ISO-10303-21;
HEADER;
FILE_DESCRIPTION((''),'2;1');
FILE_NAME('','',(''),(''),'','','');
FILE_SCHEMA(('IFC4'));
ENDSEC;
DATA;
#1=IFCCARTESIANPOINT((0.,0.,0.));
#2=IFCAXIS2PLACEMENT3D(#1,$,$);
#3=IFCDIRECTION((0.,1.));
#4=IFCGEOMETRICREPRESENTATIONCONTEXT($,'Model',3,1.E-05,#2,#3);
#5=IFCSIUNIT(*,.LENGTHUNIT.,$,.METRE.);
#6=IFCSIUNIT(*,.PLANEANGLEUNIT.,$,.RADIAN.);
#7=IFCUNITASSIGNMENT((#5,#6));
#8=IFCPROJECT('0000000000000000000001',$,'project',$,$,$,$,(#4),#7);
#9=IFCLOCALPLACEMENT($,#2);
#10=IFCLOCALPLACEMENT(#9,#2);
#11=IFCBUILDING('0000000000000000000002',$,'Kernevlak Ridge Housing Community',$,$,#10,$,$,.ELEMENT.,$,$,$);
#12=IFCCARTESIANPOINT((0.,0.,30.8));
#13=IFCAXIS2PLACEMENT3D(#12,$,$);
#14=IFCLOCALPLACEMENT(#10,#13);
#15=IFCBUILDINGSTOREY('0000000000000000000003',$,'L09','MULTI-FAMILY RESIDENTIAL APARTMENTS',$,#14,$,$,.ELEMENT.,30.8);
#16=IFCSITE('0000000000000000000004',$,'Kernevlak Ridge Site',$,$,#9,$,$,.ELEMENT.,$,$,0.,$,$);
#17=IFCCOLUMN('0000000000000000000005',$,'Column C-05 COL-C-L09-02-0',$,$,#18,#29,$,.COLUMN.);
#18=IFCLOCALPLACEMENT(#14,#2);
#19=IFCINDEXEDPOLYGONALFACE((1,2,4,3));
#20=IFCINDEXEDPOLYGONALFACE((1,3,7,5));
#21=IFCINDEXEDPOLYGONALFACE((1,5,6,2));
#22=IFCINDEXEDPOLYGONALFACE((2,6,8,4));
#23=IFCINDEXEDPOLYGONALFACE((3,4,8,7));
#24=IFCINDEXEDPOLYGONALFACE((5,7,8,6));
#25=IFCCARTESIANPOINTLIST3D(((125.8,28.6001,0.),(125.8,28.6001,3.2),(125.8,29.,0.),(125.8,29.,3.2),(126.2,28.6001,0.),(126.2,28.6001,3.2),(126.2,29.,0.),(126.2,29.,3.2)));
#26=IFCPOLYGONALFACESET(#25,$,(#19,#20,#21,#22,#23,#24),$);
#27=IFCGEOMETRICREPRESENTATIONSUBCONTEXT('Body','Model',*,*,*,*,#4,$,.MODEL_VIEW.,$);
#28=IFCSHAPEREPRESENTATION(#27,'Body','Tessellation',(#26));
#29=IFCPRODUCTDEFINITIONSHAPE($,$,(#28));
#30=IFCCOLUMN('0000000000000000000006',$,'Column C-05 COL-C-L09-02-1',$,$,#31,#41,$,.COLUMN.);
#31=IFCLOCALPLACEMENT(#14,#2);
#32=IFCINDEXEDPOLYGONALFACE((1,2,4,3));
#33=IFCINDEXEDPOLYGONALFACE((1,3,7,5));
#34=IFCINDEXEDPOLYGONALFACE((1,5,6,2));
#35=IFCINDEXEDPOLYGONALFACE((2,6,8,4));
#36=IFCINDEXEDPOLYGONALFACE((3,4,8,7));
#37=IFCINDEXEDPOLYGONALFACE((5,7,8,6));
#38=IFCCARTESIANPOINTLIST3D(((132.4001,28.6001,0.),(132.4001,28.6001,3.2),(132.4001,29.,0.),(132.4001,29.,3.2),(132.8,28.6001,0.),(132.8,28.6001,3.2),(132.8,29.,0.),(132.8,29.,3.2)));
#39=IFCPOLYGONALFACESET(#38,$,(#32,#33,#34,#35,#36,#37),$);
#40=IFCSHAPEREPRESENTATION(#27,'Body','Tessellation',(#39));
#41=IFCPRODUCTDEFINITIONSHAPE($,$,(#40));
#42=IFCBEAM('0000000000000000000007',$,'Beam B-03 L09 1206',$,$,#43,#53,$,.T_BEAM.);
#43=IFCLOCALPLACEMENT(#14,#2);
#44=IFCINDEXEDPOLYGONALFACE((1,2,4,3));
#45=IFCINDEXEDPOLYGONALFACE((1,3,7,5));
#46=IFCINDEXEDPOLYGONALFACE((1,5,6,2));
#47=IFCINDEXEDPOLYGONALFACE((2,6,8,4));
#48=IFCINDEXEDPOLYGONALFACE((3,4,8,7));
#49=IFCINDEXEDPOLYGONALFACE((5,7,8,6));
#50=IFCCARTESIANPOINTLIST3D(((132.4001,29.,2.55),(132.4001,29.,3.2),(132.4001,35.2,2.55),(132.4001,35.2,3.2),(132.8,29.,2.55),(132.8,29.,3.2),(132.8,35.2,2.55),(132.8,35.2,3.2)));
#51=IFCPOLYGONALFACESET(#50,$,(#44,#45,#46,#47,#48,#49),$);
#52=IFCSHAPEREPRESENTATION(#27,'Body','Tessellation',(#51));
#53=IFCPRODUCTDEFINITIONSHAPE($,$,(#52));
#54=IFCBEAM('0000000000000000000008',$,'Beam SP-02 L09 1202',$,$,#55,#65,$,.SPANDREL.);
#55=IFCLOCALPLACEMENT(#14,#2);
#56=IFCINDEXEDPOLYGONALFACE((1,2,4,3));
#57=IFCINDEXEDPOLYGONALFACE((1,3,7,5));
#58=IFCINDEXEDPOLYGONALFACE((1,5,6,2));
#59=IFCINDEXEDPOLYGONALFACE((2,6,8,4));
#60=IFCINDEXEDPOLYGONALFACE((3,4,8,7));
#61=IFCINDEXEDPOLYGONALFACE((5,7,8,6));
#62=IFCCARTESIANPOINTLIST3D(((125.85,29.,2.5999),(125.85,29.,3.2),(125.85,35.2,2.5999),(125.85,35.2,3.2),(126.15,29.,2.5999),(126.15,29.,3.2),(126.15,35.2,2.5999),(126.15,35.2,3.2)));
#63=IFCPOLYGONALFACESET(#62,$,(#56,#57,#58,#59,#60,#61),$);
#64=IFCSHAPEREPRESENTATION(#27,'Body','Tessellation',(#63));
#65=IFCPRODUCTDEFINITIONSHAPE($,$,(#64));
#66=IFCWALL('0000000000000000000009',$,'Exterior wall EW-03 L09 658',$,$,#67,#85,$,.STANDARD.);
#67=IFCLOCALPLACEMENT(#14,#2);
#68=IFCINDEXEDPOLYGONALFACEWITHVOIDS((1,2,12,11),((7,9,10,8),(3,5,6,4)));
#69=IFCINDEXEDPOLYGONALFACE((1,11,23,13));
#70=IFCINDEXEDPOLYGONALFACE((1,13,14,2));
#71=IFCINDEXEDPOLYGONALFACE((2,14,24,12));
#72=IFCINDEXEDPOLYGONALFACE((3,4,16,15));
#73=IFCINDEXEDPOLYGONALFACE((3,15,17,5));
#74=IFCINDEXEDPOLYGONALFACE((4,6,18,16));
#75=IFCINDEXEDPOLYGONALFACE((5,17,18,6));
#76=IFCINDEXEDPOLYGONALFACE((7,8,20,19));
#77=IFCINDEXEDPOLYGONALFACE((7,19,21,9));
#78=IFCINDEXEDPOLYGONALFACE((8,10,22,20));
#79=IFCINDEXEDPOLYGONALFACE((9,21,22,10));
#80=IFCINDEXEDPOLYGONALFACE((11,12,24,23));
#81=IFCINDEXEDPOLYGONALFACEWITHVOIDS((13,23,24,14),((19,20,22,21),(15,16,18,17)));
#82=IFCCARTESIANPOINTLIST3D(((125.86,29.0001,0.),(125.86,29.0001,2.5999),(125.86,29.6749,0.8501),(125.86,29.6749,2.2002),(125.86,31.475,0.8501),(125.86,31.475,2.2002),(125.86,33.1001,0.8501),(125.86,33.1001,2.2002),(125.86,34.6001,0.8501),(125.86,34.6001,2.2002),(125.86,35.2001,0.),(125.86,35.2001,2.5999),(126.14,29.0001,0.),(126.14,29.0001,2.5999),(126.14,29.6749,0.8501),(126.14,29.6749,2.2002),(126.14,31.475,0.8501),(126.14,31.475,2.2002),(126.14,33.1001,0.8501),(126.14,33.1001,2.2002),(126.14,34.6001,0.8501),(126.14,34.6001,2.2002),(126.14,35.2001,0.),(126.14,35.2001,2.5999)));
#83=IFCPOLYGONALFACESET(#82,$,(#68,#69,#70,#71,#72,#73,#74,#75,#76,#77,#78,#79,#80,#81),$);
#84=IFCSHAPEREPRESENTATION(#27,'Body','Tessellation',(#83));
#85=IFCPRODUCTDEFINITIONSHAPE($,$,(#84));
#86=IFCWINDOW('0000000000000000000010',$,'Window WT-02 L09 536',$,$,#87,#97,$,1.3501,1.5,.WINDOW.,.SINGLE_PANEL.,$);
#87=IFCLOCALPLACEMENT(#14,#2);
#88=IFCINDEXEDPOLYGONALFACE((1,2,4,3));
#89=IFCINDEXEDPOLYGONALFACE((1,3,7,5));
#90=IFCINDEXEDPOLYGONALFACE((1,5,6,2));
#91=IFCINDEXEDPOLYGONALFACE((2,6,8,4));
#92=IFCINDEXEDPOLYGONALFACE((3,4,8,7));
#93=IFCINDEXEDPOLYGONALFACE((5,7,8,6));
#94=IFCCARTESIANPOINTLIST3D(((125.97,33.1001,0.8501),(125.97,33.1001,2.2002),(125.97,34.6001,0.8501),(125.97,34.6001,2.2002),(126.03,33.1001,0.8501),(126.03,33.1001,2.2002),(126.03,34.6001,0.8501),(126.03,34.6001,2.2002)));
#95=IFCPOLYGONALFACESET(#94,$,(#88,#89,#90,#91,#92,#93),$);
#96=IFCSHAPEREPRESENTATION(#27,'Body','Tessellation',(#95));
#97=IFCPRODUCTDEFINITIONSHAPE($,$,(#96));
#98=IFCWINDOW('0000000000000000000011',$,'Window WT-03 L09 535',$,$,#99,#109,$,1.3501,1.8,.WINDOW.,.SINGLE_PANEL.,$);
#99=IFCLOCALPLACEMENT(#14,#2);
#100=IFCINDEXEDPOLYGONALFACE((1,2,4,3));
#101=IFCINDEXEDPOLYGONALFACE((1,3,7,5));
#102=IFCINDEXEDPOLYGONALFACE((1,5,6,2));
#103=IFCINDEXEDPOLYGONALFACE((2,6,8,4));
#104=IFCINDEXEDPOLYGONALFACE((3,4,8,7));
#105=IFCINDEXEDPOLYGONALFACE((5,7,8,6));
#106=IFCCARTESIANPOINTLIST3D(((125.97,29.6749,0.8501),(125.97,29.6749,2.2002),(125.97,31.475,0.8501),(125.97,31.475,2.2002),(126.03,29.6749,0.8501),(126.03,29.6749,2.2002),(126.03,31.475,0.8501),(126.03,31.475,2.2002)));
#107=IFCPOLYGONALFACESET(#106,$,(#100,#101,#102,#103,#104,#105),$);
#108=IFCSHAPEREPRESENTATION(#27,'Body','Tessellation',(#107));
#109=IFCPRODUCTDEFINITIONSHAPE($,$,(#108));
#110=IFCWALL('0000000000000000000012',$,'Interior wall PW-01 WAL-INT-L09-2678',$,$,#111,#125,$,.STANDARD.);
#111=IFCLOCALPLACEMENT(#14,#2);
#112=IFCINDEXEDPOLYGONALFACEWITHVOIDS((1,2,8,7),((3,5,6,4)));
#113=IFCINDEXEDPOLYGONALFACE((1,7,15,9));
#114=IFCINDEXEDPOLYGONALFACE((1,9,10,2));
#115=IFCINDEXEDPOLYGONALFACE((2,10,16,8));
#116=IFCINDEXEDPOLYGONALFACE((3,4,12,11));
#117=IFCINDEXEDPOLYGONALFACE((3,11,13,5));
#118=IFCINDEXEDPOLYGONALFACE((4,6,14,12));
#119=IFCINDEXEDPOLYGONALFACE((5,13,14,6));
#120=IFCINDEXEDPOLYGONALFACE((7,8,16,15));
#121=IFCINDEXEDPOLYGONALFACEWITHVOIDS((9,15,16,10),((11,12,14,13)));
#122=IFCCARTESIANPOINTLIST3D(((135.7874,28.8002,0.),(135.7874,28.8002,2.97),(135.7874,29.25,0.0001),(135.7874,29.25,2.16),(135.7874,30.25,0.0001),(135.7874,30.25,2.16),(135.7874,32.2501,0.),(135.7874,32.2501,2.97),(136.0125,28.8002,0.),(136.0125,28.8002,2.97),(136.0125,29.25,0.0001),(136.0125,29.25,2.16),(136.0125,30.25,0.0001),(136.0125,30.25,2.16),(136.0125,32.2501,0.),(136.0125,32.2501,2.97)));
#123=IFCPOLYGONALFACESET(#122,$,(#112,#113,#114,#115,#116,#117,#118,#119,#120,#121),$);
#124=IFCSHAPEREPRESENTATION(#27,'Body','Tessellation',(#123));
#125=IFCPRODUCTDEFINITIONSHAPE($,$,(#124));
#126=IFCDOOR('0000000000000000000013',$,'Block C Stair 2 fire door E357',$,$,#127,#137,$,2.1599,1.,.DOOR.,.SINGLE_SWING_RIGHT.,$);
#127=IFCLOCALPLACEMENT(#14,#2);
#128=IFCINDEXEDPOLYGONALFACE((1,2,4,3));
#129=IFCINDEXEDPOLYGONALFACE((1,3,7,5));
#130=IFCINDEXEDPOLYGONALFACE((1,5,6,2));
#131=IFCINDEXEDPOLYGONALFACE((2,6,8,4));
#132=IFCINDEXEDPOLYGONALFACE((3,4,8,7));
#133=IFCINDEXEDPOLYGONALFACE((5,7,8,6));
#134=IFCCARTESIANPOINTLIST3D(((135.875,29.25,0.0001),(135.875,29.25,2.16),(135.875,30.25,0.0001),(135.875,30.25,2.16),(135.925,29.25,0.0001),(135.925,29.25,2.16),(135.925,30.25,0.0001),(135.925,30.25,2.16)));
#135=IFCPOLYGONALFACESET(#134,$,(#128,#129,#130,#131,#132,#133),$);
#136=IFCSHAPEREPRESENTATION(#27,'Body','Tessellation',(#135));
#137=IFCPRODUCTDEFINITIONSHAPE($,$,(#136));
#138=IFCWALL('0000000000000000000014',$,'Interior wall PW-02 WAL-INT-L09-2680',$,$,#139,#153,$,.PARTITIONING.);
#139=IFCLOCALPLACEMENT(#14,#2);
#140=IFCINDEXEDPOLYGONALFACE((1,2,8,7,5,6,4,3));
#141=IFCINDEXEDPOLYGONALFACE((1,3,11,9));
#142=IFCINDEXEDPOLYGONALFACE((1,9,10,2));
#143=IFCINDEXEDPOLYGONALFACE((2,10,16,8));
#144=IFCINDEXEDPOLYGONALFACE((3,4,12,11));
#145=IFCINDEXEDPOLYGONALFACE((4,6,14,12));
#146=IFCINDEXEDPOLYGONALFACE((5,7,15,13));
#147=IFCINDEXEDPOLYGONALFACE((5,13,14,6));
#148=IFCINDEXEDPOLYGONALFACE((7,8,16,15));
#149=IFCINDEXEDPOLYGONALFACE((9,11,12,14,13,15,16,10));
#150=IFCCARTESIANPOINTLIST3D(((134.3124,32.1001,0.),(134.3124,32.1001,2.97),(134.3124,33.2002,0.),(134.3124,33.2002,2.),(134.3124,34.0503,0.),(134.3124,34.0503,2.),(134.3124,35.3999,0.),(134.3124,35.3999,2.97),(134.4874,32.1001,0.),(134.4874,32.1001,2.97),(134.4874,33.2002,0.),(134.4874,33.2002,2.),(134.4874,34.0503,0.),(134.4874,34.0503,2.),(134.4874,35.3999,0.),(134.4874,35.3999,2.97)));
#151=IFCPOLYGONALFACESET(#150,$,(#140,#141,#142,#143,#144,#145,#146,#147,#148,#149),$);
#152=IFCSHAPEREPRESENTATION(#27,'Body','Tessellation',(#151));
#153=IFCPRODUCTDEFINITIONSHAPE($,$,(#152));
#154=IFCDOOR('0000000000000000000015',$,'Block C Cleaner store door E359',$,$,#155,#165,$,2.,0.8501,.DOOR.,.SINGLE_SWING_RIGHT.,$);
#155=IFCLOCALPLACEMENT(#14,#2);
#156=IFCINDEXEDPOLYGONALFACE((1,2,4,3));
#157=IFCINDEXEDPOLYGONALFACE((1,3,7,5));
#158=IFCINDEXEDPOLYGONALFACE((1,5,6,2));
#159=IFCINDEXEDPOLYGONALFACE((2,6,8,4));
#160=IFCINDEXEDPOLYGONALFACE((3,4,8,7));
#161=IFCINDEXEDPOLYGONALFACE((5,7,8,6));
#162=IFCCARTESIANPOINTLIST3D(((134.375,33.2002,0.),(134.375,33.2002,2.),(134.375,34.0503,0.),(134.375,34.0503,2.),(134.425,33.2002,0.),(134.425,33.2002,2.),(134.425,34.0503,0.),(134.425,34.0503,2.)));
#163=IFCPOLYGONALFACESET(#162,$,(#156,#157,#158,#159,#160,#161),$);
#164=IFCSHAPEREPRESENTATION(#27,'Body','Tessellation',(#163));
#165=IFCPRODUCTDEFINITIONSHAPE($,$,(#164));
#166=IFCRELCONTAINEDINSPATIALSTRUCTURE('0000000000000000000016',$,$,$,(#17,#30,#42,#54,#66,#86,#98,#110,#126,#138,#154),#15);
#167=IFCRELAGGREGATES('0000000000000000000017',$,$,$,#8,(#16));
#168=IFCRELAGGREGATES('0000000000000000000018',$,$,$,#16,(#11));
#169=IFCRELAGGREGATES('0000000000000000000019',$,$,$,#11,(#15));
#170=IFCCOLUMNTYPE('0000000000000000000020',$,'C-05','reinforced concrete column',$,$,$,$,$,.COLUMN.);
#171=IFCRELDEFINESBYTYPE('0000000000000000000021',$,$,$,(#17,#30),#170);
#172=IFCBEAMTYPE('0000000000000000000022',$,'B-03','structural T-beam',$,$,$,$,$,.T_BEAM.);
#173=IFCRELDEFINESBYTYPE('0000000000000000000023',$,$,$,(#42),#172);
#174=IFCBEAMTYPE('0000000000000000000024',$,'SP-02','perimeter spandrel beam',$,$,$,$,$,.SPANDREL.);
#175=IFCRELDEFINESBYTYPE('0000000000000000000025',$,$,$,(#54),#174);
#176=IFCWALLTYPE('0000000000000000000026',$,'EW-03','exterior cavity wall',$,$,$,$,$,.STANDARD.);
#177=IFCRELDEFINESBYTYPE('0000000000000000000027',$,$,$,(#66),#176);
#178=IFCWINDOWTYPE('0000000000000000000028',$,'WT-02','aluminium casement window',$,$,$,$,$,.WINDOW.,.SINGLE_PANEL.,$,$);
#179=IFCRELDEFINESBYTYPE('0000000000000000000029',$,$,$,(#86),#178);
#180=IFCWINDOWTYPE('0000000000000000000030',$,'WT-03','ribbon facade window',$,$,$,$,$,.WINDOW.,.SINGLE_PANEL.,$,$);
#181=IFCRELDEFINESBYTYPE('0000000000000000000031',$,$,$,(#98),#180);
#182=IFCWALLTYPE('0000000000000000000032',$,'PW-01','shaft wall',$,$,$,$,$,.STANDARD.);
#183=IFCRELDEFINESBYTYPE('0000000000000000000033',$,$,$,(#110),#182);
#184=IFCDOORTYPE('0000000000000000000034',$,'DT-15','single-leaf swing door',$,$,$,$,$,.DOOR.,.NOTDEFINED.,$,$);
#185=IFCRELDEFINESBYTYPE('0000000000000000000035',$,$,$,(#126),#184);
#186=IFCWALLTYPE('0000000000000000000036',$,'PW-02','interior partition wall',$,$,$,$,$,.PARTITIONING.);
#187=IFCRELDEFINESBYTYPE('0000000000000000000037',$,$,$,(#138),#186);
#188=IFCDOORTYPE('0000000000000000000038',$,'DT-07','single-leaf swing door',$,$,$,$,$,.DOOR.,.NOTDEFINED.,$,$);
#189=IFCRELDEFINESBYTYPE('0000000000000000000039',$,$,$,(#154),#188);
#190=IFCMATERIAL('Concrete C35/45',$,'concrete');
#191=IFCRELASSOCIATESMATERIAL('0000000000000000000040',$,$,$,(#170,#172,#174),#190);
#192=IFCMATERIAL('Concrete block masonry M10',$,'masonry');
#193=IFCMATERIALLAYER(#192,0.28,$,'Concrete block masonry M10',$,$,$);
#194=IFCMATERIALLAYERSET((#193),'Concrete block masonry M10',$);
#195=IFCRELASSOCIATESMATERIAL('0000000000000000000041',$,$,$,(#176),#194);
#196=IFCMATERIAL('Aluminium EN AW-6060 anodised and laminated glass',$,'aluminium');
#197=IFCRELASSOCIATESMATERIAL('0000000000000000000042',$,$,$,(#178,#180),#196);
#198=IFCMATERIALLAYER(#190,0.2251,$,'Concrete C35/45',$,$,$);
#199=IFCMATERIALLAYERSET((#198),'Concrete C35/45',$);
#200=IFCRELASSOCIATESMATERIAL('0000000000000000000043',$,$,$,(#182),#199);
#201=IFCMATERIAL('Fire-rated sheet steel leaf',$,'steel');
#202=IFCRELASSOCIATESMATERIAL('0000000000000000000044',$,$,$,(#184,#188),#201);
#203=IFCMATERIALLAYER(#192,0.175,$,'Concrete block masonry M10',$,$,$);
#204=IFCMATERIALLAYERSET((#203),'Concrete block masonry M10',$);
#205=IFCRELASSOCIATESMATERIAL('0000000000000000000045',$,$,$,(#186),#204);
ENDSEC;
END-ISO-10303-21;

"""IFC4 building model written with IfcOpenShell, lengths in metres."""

from ifc_helpers import new_model, si_unit, direction, frame, frame_2d, origin, origin_2d, place, context, subcontext, project, spatial, rectangle, extrude, material, layer, layer_set, material_profile, profile_set, type_object, element, fill, save


model = new_model("IFC4")

# Units and contexts
model_context = context("Model", 3, precision=1e-05, world=origin(), true_north=direction((0.0, 1.0)))
body_context = subcontext(model_context, "Body", "Model", "MODEL_VIEW")
ifc_project = project(units=[si_unit("LENGTHUNIT", "METRE"), si_unit("PLANEANGLEUNIT", "RADIAN")], contexts=[model_context])

# Site, building, storey
site_placement = place(None, origin())
site = spatial("IfcSite", under=ifc_project, at=site_placement, Name="Kernevlak Ridge Site", CompositionType="ELEMENT", RefElevation=0.0)
building_placement = place(site_placement, origin())
building = spatial("IfcBuilding", under=site, at=building_placement, Name="Kernevlak Ridge Housing Community", CompositionType="ELEMENT")
storey_placement = place(building_placement, frame((0.0, 0.0, 30.8)))
storey = spatial("IfcBuildingStorey", under=building, at=storey_placement, Name="L09", Description="MULTI-FAMILY RESIDENTIAL APARTMENTS", CompositionType="ELEMENT", Elevation=30.8)

# Columns
ifc_material_1 = material(Name="Concrete C35/45", Category="concrete")
ifc_material_profile_1 = material_profile(ifc_material_1, rectangle(XDim=0.3999, YDim=0.3999, at=origin_2d()), Name="RC 400x400")
ifc_profile_set_1 = profile_set([ifc_material_profile_1], Name="Concrete C35/45")
column_type = type_object("IfcColumnType", Name="C-05", Description="reinforced concrete column", PredefinedType="COLUMN", material=ifc_profile_set_1)
for number, where, z_axis, x_axis, name in (
    (1, (126.0, 28.8, 0.0), (0.0, 0.0, 1.0), (1.0, 0.0, 0.0), "Column C-05 COL-C-L09-02-0"),
    (2, (132.6001, 28.8, 0.0), (0.0, 0.0, 1.0), (1.0, 0.0, 0.0), "Column C-05 COL-C-L09-02-1"),
):
    element("IfcColumn", number, at=place(storey_placement, frame(where, z_axis=z_axis, x_axis=x_axis)), inside=storey, type_object=column_type, Name=name, PredefinedType="COLUMN", context=body_context, shape_type="SweptSolid", body=[
        extrude(rectangle(XDim=0.3999, YDim=0.3999, at=origin_2d()), origin(), (0.0, 0.0, 1.0), 3.2),
    ])

# Beams
ifc_material_profile_2 = material_profile(ifc_material_1, rectangle(XDim=0.3999, YDim=0.6499, at=origin_2d()), Name="RC 400x650")
ifc_profile_set_2 = profile_set([ifc_material_profile_2], Name="Concrete C35/45")
beam_type_1 = type_object("IfcBeamType", Name="B-03", Description="structural T-beam", PredefinedType="T_BEAM", material=ifc_profile_set_2)
beam_1_placement = place(storey_placement, frame((132.6001, 29.0, 2.875), z_axis=(0.0, 1.0, 0.0), x_axis=(-1.0, 0.0, 0.0)))
element("IfcBeam", 3, at=beam_1_placement, inside=storey, type_object=beam_type_1, Name="Beam B-03 L09 1206", PredefinedType="T_BEAM", context=body_context, shape_type="SweptSolid", body=[
    extrude(rectangle(XDim=0.3999, YDim=0.6499, at=origin_2d()), origin(), (0.0, 0.0, 1.0), 6.2),
])
ifc_material_profile_3 = material_profile(ifc_material_1, rectangle(XDim=0.3, YDim=0.6001, at=origin_2d()), Name="RC 300x600")
ifc_profile_set_3 = profile_set([ifc_material_profile_3], Name="Concrete C35/45")
beam_type_2 = type_object("IfcBeamType", Name="SP-02", Description="perimeter spandrel beam", PredefinedType="SPANDREL", material=ifc_profile_set_3)
beam_2_placement = place(storey_placement, frame((126.0, 29.0, 2.8999), z_axis=(0.0, 1.0, 0.0), x_axis=(-1.0, 0.0, 0.0)))
element("IfcBeam", 4, at=beam_2_placement, inside=storey, type_object=beam_type_2, Name="Beam SP-02 L09 1202", PredefinedType="SPANDREL", context=body_context, shape_type="SweptSolid", body=[
    extrude(rectangle(XDim=0.3, YDim=0.6001, at=origin_2d()), origin(), (0.0, 0.0, 1.0), 6.2),
])

# Wall, openings, windows
ifc_material_2 = material(Name="Concrete block masonry M10", Category="masonry")
ifc_layer_1 = layer(ifc_material_2, 0.28, Name="Concrete block masonry M10")
ifc_layer_set_1 = layer_set([ifc_layer_1], Name="Concrete block masonry M10")
wall_type_1 = type_object("IfcWallType", Name="EW-03", Description="exterior cavity wall", PredefinedType="STANDARD", material=ifc_layer_set_1)
wall_1_placement = place(storey_placement, frame((126.0, 29.0, 0.0), z_axis=(0.0, 0.0, 1.0), x_axis=(0.0, 1.0, 0.0)))
wall_1 = element("IfcWall", 5, at=wall_1_placement, inside=storey, type_object=wall_type_1, Name="Exterior wall EW-03 L09 658", PredefinedType="STANDARD", context=body_context, shape_type="SweptSolid", body=[
    extrude(rectangle(XDim=6.2, YDim=0.28, at=frame_2d((3.1001, 0.0))), origin(), (0.0, 0.0, 1.0), 2.5999),
])
opening_1_placement = place(wall_1_placement, frame((0.675, 0.0, 0.8501)))
opening_1 = element("IfcOpeningElement", 6, at=opening_1_placement, cuts=wall_1, PredefinedType="OPENING", context=body_context, shape_type="SweptSolid", body=[
    extrude(rectangle(XDim=1.8, YDim=1.3501, at=frame_2d((0.8999, 0.675))), frame((0.0, 0.1499, 0.0), z_axis=(0.0, -1.0, 0.0), x_axis=(1.0, 0.0, 0.0)), (0.0, 0.0, 1.0), 0.3),
])
opening_2_placement = place(wall_1_placement, frame((4.1001, 0.0, 0.8501)))
opening_2 = element("IfcOpeningElement", 7, at=opening_2_placement, cuts=wall_1, PredefinedType="OPENING", context=body_context, shape_type="SweptSolid", body=[
    extrude(rectangle(XDim=1.5, YDim=1.3501, at=frame_2d((0.75, 0.675))), frame((0.0, 0.1499, 0.0), z_axis=(0.0, -1.0, 0.0), x_axis=(1.0, 0.0, 0.0)), (0.0, 0.0, 1.0), 0.3),
])
ifc_material_3 = material(Name="Aluminium EN AW-6060 anodised and laminated glass", Category="aluminium")
window_type_1 = type_object("IfcWindowType", Name="WT-02", Description="aluminium casement window", PartitioningType="SINGLE_PANEL", PredefinedType="WINDOW", material=ifc_material_3)
window_1_placement = place(opening_2_placement, origin())
window_1 = element("IfcWindow", 8, at=window_1_placement, inside=storey, type_object=window_type_1, Name="Window WT-02 L09 536", OverallHeight=1.3501, OverallWidth=1.5, PartitioningType="SINGLE_PANEL", PredefinedType="WINDOW", context=body_context, shape_type="SweptSolid", body=[
    extrude(rectangle(XDim=1.5, YDim=1.3501, at=frame_2d((0.75, 0.675))), frame((0.0, 0.03, 0.0), z_axis=(0.0, -1.0, 0.0), x_axis=(1.0, 0.0, 0.0)), (0.0, 0.0, 1.0), 0.0601),
])
fill(opening_2, window_1)
window_type_2 = type_object("IfcWindowType", Name="WT-03", Description="ribbon facade window", PartitioningType="SINGLE_PANEL", PredefinedType="WINDOW", material=ifc_material_3)
window_2_placement = place(opening_1_placement, origin())
window_2 = element("IfcWindow", 9, at=window_2_placement, inside=storey, type_object=window_type_2, Name="Window WT-03 L09 535", OverallHeight=1.3501, OverallWidth=1.8, PartitioningType="SINGLE_PANEL", PredefinedType="WINDOW", context=body_context, shape_type="SweptSolid", body=[
    extrude(rectangle(XDim=1.8, YDim=1.3501, at=frame_2d((0.8999, 0.675))), frame((0.0, 0.03, 0.0), z_axis=(0.0, -1.0, 0.0), x_axis=(1.0, 0.0, 0.0)), (0.0, 0.0, 1.0), 0.0601),
])
fill(opening_1, window_2)

# Walls, openings, doors
ifc_layer_2 = layer(ifc_material_1, 0.2251, Name="Concrete C35/45")
ifc_layer_set_2 = layer_set([ifc_layer_2], Name="Concrete C35/45")
wall_type_2 = type_object("IfcWallType", Name="PW-01", Description="shaft wall", PredefinedType="STANDARD", material=ifc_layer_set_2)
wall_2_placement = place(storey_placement, frame((135.8999, 28.8, 0.0), z_axis=(0.0, 0.0, 1.0), x_axis=(0.0, 1.0, 0.0)))
wall_2 = element("IfcWall", 10, at=wall_2_placement, inside=storey, type_object=wall_type_2, Name="Interior wall PW-01 WAL-INT-L09-2678", PredefinedType="STANDARD", context=body_context, shape_type="SweptSolid", body=[
    extrude(rectangle(XDim=3.45, YDim=0.2251, at=frame_2d((1.7251, 0.0))), origin(), (0.0, 0.0, 1.0), 2.97),
])
opening_3_placement = place(wall_2_placement, frame((0.45, 0.0, 0.0)))
opening_3 = element("IfcOpeningElement", 11, at=opening_3_placement, cuts=wall_2, PredefinedType="OPENING", context=body_context, shape_type="SweptSolid", body=[
    extrude(rectangle(XDim=1.0, YDim=2.1599, at=frame_2d((0.5, 1.0801))), frame((0.0, 0.1226, 0.0), z_axis=(0.0, -1.0, 0.0), x_axis=(1.0, 0.0, 0.0)), (0.0, 0.0, 1.0), 0.2451),
])
ifc_material_4 = material(Name="Fire-rated sheet steel leaf", Category="steel")
door_type_1 = type_object("IfcDoorType", Name="DT-15", Description="single-leaf swing door", OperationType="NOTDEFINED", PredefinedType="DOOR", material=ifc_material_4)
door_1_placement = place(opening_3_placement, origin())
door_1 = element("IfcDoor", 12, at=door_1_placement, inside=storey, type_object=door_type_1, Name="Block C Stair 2 fire door E357", OperationType="SINGLE_SWING_RIGHT", OverallHeight=2.1599, OverallWidth=1.0, PredefinedType="DOOR", context=body_context, shape_type="SweptSolid", body=[
    extrude(rectangle(XDim=1.0, YDim=2.1599, at=frame_2d((0.5, 1.0801))), frame((0.0, 0.0249, 0.0), z_axis=(0.0, -1.0, 0.0), x_axis=(1.0, 0.0, 0.0)), (0.0, 0.0, 1.0), 0.05),
])
fill(opening_3, door_1)
ifc_layer_3 = layer(ifc_material_2, 0.175, Name="Concrete block masonry M10")
ifc_layer_set_3 = layer_set([ifc_layer_3], Name="Concrete block masonry M10")
wall_type_3 = type_object("IfcWallType", Name="PW-02", Description="interior partition wall", PredefinedType="PARTITIONING", material=ifc_layer_set_3)
wall_3_placement = place(storey_placement, frame((134.3999, 32.1001, 0.0), z_axis=(0.0, 0.0, 1.0), x_axis=(0.0, 1.0, 0.0)))
wall_3 = element("IfcWall", 13, at=wall_3_placement, inside=storey, type_object=wall_type_3, Name="Interior wall PW-02 WAL-INT-L09-2680", PredefinedType="PARTITIONING", context=body_context, shape_type="SweptSolid", body=[
    extrude(rectangle(XDim=3.2998, YDim=0.175, at=frame_2d((1.6499, 0.0))), origin(), (0.0, 0.0, 1.0), 2.97),
])
opening_4_placement = place(wall_3_placement, frame((1.1001, 0.0, 0.0)))
opening_4 = element("IfcOpeningElement", 14, at=opening_4_placement, cuts=wall_3, PredefinedType="OPENING", context=body_context, shape_type="SweptSolid", body=[
    extrude(rectangle(XDim=0.8501, YDim=2.0, at=frame_2d((0.425, 1.0))), frame((0.0, 0.0974, 0.0), z_axis=(0.0, -1.0, 0.0), x_axis=(1.0, 0.0, 0.0)), (0.0, 0.0, 1.0), 0.1951),
])
door_type_2 = type_object("IfcDoorType", Name="DT-07", Description="single-leaf swing door", OperationType="NOTDEFINED", PredefinedType="DOOR", material=ifc_material_4)
door_2_placement = place(opening_4_placement, origin())
door_2 = element("IfcDoor", 15, at=door_2_placement, inside=storey, type_object=door_type_2, Name="Block C Cleaner store door E359", OperationType="SINGLE_SWING_RIGHT", OverallHeight=2.0, OverallWidth=0.8501, PredefinedType="DOOR", context=body_context, shape_type="SweptSolid", body=[
    extrude(rectangle(XDim=0.8501, YDim=2.0, at=frame_2d((0.425, 1.0))), frame((0.0, 0.0249, 0.0), z_axis=(0.0, -1.0, 0.0), x_axis=(1.0, 0.0, 0.0)), (0.0, 0.0, 1.0), 0.05),
])
fill(opening_4, door_2)

save(model, "model.ifc")
